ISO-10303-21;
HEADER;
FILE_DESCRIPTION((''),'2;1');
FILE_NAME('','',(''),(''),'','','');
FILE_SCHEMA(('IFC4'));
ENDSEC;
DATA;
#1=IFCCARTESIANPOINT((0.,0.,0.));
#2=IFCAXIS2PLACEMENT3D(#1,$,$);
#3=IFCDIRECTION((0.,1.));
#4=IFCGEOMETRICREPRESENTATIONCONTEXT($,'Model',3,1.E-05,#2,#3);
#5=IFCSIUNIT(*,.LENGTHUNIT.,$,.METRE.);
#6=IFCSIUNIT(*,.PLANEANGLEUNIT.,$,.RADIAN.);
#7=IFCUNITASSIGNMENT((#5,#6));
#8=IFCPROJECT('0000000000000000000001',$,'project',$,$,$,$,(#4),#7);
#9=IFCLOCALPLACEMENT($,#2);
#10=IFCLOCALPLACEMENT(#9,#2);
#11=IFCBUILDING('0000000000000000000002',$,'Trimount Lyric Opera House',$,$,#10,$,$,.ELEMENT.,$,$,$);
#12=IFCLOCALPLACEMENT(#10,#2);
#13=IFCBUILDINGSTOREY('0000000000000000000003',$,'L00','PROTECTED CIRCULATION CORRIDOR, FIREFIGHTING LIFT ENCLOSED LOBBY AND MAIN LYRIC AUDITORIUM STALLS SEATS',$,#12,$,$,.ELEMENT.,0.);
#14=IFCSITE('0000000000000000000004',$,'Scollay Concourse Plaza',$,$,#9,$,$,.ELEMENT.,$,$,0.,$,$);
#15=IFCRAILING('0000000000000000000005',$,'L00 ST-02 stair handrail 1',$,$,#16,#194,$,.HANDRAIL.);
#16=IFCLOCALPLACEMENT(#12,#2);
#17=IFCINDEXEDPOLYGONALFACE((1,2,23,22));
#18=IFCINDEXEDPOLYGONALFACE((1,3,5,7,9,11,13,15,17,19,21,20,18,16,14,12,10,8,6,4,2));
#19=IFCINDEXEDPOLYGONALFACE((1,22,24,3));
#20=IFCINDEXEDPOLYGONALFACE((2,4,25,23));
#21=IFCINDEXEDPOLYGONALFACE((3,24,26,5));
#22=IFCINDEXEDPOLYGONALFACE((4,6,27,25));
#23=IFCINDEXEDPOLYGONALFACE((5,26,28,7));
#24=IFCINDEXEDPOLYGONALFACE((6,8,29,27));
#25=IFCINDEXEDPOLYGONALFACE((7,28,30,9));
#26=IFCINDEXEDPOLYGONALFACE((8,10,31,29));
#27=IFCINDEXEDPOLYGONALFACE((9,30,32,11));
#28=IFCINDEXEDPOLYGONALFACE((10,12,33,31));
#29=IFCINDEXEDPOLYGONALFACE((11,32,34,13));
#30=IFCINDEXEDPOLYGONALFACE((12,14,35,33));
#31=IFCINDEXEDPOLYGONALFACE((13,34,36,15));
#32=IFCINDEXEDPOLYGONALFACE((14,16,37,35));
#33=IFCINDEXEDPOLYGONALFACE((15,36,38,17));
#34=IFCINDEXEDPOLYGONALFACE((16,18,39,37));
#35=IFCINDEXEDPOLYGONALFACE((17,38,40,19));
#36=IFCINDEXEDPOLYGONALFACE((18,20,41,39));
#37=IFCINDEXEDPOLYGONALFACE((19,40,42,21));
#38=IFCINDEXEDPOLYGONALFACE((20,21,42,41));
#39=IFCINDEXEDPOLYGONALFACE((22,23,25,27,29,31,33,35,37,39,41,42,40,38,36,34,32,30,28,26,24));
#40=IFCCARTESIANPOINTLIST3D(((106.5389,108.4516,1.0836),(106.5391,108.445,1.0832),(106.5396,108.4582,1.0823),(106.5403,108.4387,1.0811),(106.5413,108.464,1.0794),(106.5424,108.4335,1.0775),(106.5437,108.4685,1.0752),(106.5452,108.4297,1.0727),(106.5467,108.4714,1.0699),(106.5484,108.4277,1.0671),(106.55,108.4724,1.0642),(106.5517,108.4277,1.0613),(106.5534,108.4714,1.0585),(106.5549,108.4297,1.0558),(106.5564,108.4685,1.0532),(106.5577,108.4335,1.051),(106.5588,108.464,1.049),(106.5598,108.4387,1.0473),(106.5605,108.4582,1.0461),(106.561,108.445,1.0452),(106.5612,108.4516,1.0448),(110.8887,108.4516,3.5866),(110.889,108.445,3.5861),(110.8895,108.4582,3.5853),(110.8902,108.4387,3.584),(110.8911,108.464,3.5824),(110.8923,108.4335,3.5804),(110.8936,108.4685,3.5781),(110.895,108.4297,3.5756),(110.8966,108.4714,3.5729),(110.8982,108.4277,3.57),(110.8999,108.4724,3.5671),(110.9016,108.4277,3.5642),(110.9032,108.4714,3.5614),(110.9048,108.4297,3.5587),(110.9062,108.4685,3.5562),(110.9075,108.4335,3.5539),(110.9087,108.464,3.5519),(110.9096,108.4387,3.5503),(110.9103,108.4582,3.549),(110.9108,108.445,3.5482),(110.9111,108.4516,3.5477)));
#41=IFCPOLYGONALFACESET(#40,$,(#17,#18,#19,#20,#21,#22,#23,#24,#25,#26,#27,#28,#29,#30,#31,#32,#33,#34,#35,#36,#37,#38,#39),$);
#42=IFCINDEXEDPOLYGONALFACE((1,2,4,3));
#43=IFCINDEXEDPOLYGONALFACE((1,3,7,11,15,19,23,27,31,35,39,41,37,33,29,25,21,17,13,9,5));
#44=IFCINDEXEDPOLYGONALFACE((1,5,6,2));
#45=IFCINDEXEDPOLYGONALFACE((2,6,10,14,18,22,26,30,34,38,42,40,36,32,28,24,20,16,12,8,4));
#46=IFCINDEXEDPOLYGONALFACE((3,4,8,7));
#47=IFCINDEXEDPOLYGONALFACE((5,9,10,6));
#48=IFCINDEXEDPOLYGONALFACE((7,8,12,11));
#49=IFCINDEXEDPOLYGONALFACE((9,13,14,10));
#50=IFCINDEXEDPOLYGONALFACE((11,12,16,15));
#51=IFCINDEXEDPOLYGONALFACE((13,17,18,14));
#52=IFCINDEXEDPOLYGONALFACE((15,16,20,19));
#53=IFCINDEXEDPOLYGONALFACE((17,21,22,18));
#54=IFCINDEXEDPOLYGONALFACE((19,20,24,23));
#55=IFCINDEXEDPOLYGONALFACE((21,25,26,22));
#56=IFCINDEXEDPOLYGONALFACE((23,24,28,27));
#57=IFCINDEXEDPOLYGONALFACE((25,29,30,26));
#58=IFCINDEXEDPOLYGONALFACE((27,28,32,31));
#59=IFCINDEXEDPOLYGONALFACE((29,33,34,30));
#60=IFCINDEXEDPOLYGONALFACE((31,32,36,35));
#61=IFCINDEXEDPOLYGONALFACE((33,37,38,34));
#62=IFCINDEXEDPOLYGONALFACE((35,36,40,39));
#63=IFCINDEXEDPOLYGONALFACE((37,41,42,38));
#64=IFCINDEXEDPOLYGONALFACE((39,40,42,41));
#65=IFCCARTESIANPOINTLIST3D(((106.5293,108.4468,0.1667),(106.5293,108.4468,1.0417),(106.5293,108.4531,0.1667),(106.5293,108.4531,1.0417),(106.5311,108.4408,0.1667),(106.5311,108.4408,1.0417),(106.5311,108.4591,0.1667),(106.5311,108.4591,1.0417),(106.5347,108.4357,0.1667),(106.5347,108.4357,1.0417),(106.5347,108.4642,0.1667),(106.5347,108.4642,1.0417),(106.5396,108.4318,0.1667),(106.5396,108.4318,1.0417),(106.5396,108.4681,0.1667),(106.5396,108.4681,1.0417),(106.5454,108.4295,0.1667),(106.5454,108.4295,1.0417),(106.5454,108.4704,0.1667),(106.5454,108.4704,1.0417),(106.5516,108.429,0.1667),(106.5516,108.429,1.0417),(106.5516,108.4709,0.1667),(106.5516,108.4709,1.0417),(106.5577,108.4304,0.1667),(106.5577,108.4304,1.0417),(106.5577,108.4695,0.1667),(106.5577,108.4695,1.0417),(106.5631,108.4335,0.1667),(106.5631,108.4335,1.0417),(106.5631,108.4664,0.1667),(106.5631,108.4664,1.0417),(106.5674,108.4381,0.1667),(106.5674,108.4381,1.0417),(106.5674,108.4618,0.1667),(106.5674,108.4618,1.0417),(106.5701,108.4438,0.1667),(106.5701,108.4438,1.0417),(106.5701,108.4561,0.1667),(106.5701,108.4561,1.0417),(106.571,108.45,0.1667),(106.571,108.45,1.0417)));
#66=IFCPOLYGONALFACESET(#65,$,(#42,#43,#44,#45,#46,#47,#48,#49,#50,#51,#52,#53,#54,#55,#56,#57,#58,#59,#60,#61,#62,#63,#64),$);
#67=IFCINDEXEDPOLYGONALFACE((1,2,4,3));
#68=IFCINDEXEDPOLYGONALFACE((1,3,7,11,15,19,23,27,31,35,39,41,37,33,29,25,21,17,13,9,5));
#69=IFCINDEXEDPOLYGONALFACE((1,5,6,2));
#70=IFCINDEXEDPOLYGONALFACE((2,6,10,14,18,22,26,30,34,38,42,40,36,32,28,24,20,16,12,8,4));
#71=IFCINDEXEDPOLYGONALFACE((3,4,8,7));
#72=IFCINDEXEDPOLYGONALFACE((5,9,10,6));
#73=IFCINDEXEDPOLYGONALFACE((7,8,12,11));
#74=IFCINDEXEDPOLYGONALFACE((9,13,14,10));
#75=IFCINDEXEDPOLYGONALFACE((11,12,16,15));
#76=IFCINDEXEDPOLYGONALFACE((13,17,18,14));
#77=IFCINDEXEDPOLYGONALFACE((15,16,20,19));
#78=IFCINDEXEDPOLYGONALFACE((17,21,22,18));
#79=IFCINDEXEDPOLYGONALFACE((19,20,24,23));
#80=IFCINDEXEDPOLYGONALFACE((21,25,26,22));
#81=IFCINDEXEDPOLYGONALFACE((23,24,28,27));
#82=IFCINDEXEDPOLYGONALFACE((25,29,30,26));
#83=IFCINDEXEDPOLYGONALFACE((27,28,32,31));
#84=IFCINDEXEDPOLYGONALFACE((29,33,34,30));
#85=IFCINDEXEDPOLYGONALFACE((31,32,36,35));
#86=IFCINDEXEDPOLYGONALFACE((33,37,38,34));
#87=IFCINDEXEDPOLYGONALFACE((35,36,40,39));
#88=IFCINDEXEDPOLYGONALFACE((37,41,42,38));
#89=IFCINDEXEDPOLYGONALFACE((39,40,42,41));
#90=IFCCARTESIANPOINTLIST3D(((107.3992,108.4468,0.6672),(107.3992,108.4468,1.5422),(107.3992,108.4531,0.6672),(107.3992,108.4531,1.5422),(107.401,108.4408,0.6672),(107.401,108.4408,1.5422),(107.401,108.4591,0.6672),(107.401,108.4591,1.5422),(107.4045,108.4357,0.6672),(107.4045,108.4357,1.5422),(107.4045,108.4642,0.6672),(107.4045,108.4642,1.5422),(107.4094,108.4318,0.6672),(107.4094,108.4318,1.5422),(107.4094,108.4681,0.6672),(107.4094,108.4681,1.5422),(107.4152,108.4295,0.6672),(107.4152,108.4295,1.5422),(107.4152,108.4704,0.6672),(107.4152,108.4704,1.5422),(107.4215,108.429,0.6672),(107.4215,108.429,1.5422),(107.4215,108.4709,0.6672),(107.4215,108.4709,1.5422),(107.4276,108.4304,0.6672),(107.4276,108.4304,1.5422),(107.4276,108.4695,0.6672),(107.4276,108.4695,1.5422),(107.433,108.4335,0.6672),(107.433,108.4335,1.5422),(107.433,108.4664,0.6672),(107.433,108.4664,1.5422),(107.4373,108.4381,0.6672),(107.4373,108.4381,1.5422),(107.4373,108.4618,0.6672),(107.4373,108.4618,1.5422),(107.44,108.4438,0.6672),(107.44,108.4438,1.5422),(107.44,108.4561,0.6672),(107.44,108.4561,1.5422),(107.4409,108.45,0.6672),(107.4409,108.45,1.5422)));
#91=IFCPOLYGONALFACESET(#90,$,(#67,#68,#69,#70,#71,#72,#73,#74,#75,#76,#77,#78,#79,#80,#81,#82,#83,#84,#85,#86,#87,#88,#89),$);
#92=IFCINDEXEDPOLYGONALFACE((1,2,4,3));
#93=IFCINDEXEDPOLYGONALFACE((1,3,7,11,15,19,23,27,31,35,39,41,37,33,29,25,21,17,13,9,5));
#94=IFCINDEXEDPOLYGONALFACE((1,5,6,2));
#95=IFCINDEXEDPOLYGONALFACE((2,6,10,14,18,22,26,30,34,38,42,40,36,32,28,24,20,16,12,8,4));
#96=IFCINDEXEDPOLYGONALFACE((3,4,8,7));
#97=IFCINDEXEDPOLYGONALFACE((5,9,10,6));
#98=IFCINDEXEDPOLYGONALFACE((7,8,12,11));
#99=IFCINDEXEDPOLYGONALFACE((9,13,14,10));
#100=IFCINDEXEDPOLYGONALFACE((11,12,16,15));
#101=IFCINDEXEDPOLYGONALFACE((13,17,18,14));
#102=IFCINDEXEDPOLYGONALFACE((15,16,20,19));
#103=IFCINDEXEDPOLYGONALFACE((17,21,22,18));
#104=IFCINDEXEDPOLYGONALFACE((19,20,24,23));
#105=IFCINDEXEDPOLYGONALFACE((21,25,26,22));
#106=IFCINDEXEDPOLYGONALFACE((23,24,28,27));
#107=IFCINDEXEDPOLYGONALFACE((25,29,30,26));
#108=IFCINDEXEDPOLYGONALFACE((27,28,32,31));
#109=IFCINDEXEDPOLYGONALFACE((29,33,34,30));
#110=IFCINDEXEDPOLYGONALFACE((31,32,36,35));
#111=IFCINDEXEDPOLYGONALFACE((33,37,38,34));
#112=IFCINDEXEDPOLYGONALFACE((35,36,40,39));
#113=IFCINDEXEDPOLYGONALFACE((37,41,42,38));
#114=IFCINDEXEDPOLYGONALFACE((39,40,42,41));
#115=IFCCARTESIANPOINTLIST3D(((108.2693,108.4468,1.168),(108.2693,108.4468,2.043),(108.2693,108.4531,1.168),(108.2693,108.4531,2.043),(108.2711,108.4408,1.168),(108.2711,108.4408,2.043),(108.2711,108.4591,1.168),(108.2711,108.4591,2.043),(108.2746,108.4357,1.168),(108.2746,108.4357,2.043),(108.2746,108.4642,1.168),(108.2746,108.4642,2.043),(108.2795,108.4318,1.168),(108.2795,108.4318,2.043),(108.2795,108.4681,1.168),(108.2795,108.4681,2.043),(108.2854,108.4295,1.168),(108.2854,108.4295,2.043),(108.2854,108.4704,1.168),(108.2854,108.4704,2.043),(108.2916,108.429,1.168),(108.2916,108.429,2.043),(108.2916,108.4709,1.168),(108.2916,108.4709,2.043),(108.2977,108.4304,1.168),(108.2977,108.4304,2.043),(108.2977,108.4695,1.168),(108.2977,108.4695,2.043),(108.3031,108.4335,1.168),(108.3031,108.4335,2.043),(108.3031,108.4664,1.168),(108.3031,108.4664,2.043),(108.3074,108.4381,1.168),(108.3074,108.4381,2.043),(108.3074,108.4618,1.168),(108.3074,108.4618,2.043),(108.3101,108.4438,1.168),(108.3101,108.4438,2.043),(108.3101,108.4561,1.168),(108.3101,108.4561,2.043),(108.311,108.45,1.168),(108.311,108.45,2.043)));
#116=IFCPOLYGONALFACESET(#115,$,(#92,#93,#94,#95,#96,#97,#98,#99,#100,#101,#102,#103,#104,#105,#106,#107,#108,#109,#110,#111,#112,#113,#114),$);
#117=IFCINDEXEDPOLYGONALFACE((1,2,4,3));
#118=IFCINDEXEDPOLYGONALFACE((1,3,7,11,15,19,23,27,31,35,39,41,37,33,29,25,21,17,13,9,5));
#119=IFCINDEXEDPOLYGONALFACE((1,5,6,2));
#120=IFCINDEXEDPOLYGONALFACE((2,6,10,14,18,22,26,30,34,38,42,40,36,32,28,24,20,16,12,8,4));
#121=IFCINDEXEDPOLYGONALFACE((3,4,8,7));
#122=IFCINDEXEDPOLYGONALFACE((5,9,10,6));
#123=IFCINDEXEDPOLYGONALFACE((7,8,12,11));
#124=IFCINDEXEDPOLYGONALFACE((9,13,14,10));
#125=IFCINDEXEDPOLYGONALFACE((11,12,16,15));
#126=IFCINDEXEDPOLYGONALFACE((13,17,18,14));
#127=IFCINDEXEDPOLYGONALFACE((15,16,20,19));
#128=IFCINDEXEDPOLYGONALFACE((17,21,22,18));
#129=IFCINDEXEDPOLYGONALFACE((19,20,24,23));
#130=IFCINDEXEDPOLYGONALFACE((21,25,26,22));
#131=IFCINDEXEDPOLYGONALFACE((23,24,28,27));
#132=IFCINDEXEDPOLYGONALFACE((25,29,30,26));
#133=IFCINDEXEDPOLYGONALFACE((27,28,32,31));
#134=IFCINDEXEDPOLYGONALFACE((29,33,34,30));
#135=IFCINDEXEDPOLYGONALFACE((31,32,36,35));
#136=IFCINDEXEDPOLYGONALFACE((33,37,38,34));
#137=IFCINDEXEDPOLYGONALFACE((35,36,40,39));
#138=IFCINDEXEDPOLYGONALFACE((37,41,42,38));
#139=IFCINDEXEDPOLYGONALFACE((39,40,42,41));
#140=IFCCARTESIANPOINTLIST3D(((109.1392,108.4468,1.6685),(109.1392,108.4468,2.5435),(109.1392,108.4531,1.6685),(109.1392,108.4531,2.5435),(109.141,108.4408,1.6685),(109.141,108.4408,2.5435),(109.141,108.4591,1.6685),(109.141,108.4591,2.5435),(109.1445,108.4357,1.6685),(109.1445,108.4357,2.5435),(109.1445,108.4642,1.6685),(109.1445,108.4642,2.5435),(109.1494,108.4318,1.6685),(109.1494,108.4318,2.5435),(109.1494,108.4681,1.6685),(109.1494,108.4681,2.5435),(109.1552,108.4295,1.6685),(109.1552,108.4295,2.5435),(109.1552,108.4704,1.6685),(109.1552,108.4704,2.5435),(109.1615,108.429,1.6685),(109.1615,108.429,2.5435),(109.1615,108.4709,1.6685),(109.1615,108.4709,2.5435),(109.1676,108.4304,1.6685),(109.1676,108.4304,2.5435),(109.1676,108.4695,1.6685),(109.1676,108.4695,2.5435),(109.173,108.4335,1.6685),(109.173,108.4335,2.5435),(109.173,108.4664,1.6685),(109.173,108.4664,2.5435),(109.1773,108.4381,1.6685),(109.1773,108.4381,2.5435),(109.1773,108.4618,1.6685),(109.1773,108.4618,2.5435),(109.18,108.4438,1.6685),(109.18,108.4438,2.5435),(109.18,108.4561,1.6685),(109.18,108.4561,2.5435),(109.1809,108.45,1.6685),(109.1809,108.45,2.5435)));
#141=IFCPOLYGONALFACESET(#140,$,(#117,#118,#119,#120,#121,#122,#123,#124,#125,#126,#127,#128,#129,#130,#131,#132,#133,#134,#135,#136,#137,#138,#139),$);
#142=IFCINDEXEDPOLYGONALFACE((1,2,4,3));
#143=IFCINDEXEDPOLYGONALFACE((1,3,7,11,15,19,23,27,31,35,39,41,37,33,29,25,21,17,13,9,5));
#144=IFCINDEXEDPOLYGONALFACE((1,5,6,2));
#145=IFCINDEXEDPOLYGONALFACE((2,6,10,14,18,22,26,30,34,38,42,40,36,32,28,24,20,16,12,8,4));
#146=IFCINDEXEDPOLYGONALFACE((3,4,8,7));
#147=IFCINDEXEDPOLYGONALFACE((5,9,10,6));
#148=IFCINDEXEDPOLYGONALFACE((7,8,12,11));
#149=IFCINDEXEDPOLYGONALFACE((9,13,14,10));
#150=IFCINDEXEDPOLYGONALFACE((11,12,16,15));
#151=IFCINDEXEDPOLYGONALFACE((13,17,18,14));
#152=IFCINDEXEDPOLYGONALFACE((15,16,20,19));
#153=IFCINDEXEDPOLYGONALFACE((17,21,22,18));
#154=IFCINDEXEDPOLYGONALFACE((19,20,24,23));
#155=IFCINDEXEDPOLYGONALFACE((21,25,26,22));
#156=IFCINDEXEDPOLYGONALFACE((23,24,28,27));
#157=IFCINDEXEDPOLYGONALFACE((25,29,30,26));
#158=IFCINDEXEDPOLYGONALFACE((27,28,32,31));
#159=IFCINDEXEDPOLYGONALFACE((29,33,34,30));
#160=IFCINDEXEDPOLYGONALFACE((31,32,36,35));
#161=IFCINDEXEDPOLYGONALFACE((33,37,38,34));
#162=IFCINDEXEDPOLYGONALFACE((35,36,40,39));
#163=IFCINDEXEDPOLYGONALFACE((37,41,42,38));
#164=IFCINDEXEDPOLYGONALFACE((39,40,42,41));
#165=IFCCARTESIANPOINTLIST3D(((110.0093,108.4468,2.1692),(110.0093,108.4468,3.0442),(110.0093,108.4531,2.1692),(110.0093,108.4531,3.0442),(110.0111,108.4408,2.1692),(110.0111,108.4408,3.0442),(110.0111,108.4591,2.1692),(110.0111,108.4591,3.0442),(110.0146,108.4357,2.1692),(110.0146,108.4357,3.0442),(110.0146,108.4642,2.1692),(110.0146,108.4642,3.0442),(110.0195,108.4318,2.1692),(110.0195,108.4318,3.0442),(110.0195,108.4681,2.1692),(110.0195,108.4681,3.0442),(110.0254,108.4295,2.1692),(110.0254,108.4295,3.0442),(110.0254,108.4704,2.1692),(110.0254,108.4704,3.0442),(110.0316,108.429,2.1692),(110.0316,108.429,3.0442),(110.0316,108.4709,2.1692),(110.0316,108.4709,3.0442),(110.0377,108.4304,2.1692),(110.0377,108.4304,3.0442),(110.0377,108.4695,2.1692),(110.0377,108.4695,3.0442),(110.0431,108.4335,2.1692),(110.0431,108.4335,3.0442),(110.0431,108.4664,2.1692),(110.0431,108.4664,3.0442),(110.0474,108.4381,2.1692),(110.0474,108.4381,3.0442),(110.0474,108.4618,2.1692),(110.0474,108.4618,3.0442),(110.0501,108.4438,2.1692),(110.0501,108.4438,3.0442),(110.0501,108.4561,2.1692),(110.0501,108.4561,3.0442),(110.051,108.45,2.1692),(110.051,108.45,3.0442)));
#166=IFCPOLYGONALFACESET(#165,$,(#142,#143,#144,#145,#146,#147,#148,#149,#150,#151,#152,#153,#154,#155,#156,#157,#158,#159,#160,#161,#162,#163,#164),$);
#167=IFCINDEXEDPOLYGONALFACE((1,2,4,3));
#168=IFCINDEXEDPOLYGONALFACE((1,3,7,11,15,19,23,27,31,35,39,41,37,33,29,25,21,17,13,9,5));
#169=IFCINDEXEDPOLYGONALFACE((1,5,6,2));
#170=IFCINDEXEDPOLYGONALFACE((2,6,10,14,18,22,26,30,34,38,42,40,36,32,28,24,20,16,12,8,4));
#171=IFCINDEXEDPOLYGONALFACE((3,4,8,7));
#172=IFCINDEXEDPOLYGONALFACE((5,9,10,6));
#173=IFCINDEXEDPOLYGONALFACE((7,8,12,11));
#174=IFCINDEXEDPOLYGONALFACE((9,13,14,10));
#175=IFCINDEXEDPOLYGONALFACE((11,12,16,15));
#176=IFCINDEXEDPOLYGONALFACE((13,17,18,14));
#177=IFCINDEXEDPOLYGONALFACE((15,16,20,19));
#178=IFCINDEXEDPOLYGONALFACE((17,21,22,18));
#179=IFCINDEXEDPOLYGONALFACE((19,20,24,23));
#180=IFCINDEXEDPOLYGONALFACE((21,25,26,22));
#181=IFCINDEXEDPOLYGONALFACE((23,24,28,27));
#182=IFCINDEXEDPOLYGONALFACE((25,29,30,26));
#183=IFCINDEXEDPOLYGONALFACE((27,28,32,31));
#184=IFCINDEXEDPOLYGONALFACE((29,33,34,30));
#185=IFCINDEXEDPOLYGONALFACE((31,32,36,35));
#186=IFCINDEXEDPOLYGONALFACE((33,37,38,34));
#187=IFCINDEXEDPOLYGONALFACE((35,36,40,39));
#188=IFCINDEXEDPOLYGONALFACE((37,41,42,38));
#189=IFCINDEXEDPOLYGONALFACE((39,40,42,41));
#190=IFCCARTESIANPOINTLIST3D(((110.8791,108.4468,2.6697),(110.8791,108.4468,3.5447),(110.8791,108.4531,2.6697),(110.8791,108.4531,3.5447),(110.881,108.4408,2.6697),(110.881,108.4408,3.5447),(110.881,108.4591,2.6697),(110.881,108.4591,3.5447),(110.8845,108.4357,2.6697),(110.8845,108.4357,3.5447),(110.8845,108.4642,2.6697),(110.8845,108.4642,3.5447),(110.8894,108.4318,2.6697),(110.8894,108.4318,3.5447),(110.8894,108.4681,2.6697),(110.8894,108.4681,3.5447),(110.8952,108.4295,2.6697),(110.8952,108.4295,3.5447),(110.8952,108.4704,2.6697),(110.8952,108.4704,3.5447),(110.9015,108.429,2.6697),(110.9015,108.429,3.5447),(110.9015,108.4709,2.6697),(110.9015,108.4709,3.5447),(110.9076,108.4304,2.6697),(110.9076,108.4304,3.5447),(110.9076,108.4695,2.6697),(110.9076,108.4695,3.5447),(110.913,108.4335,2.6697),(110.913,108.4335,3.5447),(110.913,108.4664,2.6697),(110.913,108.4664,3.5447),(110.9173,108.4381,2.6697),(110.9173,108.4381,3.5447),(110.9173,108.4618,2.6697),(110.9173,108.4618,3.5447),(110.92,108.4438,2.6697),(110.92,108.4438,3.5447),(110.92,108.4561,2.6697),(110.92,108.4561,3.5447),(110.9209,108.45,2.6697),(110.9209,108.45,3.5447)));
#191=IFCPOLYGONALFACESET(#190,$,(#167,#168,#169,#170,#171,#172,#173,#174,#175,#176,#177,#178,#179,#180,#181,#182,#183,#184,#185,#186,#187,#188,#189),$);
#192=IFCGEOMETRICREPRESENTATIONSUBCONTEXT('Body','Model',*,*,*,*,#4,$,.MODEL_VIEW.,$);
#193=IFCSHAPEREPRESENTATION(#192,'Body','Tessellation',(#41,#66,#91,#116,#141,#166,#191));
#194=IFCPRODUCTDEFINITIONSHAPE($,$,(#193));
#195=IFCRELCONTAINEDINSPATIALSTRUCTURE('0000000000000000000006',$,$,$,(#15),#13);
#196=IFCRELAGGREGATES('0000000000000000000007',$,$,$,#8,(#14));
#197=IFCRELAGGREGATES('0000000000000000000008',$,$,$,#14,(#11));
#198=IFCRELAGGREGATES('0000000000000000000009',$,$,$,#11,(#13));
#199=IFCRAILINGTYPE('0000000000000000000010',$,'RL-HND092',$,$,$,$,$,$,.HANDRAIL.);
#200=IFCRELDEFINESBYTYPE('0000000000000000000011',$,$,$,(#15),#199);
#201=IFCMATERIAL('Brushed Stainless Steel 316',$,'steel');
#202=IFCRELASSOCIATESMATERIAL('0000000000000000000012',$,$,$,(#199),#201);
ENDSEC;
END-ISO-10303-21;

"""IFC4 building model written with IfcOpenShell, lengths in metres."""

from ifc_helpers import new_model, si_unit, direction, frame, origin, origin_2d, place, context, subcontext, project, spatial, circle, extrude, material, type_object, element, save


model = new_model("IFC4")

# Units and contexts
model_context = context("Model", 3, precision=1e-05, world=origin(), true_north=direction((0.0, 1.0)))
body_context = subcontext(model_context, "Body", "Model", "MODEL_VIEW")
ifc_project = project(units=[si_unit("LENGTHUNIT", "METRE"), si_unit("PLANEANGLEUNIT", "RADIAN")], contexts=[model_context])

# Site, building, storey
site_placement = place(None, origin())
site = spatial("IfcSite", under=ifc_project, at=site_placement, Name="Scollay Concourse Plaza", CompositionType="ELEMENT", RefElevation=0.0)
building_placement = place(site_placement, origin())
building = spatial("IfcBuilding", under=site, at=building_placement, Name="Trimount Lyric Opera House", CompositionType="ELEMENT")
storey_placement = place(building_placement, origin())
storey = spatial("IfcBuildingStorey", under=building, at=storey_placement, Name="L00", Description="PROTECTED CIRCULATION CORRIDOR, FIREFIGHTING LIFT ENCLOSED LOBBY AND MAIN LYRIC AUDITORIUM STALLS SEATS", CompositionType="ELEMENT", Elevation=0.0)

# Railing
ifc_material_1 = material(Name="Brushed Stainless Steel 316", Category="steel")
railing_type_1 = type_object("IfcRailingType", Name="RL-HND092", PredefinedType="HANDRAIL", material=ifc_material_1)
railing_1_placement = place(storey_placement, frame((106.55, 108.45, 0.1667)))
element("IfcRailing", 1, at=railing_1_placement, inside=storey, type_object=railing_type_1, Name="L00 ST-02 stair handrail 1", PredefinedType="HANDRAIL", context=body_context, shape_type="SweptSolid", body=[
    extrude(circle(Radius=0.0225, at=origin_2d()), frame((0.0, 0.0, 0.8975), z_axis=(0.866754, 0.0, 0.498735), x_axis=(0.0, 1.0, 0.0)), (0.0, 0.0, 1.0), 5.0186),
    extrude(circle(Radius=0.021, at=origin_2d()), origin(), (0.0, 0.0, 1.0), 0.875),
    extrude(circle(Radius=0.021, at=origin_2d()), frame((0.8699, 0.0, 0.5005)), (0.0, 0.0, 1.0), 0.875),
    extrude(circle(Radius=0.021, at=origin_2d()), frame((1.74, 0.0, 1.0012)), (0.0, 0.0, 1.0), 0.875),
    extrude(circle(Radius=0.021, at=origin_2d()), frame((2.6099, 0.0, 1.5017)), (0.0, 0.0, 1.0), 0.875),
    extrude(circle(Radius=0.021, at=origin_2d()), frame((3.48, 0.0, 2.0024)), (0.0, 0.0, 1.0), 0.875),
    extrude(circle(Radius=0.021, at=origin_2d()), frame((4.3499, 0.0, 2.5029)), (0.0, 0.0, 1.0), 0.875),
])

save(model, "model.ifc")
